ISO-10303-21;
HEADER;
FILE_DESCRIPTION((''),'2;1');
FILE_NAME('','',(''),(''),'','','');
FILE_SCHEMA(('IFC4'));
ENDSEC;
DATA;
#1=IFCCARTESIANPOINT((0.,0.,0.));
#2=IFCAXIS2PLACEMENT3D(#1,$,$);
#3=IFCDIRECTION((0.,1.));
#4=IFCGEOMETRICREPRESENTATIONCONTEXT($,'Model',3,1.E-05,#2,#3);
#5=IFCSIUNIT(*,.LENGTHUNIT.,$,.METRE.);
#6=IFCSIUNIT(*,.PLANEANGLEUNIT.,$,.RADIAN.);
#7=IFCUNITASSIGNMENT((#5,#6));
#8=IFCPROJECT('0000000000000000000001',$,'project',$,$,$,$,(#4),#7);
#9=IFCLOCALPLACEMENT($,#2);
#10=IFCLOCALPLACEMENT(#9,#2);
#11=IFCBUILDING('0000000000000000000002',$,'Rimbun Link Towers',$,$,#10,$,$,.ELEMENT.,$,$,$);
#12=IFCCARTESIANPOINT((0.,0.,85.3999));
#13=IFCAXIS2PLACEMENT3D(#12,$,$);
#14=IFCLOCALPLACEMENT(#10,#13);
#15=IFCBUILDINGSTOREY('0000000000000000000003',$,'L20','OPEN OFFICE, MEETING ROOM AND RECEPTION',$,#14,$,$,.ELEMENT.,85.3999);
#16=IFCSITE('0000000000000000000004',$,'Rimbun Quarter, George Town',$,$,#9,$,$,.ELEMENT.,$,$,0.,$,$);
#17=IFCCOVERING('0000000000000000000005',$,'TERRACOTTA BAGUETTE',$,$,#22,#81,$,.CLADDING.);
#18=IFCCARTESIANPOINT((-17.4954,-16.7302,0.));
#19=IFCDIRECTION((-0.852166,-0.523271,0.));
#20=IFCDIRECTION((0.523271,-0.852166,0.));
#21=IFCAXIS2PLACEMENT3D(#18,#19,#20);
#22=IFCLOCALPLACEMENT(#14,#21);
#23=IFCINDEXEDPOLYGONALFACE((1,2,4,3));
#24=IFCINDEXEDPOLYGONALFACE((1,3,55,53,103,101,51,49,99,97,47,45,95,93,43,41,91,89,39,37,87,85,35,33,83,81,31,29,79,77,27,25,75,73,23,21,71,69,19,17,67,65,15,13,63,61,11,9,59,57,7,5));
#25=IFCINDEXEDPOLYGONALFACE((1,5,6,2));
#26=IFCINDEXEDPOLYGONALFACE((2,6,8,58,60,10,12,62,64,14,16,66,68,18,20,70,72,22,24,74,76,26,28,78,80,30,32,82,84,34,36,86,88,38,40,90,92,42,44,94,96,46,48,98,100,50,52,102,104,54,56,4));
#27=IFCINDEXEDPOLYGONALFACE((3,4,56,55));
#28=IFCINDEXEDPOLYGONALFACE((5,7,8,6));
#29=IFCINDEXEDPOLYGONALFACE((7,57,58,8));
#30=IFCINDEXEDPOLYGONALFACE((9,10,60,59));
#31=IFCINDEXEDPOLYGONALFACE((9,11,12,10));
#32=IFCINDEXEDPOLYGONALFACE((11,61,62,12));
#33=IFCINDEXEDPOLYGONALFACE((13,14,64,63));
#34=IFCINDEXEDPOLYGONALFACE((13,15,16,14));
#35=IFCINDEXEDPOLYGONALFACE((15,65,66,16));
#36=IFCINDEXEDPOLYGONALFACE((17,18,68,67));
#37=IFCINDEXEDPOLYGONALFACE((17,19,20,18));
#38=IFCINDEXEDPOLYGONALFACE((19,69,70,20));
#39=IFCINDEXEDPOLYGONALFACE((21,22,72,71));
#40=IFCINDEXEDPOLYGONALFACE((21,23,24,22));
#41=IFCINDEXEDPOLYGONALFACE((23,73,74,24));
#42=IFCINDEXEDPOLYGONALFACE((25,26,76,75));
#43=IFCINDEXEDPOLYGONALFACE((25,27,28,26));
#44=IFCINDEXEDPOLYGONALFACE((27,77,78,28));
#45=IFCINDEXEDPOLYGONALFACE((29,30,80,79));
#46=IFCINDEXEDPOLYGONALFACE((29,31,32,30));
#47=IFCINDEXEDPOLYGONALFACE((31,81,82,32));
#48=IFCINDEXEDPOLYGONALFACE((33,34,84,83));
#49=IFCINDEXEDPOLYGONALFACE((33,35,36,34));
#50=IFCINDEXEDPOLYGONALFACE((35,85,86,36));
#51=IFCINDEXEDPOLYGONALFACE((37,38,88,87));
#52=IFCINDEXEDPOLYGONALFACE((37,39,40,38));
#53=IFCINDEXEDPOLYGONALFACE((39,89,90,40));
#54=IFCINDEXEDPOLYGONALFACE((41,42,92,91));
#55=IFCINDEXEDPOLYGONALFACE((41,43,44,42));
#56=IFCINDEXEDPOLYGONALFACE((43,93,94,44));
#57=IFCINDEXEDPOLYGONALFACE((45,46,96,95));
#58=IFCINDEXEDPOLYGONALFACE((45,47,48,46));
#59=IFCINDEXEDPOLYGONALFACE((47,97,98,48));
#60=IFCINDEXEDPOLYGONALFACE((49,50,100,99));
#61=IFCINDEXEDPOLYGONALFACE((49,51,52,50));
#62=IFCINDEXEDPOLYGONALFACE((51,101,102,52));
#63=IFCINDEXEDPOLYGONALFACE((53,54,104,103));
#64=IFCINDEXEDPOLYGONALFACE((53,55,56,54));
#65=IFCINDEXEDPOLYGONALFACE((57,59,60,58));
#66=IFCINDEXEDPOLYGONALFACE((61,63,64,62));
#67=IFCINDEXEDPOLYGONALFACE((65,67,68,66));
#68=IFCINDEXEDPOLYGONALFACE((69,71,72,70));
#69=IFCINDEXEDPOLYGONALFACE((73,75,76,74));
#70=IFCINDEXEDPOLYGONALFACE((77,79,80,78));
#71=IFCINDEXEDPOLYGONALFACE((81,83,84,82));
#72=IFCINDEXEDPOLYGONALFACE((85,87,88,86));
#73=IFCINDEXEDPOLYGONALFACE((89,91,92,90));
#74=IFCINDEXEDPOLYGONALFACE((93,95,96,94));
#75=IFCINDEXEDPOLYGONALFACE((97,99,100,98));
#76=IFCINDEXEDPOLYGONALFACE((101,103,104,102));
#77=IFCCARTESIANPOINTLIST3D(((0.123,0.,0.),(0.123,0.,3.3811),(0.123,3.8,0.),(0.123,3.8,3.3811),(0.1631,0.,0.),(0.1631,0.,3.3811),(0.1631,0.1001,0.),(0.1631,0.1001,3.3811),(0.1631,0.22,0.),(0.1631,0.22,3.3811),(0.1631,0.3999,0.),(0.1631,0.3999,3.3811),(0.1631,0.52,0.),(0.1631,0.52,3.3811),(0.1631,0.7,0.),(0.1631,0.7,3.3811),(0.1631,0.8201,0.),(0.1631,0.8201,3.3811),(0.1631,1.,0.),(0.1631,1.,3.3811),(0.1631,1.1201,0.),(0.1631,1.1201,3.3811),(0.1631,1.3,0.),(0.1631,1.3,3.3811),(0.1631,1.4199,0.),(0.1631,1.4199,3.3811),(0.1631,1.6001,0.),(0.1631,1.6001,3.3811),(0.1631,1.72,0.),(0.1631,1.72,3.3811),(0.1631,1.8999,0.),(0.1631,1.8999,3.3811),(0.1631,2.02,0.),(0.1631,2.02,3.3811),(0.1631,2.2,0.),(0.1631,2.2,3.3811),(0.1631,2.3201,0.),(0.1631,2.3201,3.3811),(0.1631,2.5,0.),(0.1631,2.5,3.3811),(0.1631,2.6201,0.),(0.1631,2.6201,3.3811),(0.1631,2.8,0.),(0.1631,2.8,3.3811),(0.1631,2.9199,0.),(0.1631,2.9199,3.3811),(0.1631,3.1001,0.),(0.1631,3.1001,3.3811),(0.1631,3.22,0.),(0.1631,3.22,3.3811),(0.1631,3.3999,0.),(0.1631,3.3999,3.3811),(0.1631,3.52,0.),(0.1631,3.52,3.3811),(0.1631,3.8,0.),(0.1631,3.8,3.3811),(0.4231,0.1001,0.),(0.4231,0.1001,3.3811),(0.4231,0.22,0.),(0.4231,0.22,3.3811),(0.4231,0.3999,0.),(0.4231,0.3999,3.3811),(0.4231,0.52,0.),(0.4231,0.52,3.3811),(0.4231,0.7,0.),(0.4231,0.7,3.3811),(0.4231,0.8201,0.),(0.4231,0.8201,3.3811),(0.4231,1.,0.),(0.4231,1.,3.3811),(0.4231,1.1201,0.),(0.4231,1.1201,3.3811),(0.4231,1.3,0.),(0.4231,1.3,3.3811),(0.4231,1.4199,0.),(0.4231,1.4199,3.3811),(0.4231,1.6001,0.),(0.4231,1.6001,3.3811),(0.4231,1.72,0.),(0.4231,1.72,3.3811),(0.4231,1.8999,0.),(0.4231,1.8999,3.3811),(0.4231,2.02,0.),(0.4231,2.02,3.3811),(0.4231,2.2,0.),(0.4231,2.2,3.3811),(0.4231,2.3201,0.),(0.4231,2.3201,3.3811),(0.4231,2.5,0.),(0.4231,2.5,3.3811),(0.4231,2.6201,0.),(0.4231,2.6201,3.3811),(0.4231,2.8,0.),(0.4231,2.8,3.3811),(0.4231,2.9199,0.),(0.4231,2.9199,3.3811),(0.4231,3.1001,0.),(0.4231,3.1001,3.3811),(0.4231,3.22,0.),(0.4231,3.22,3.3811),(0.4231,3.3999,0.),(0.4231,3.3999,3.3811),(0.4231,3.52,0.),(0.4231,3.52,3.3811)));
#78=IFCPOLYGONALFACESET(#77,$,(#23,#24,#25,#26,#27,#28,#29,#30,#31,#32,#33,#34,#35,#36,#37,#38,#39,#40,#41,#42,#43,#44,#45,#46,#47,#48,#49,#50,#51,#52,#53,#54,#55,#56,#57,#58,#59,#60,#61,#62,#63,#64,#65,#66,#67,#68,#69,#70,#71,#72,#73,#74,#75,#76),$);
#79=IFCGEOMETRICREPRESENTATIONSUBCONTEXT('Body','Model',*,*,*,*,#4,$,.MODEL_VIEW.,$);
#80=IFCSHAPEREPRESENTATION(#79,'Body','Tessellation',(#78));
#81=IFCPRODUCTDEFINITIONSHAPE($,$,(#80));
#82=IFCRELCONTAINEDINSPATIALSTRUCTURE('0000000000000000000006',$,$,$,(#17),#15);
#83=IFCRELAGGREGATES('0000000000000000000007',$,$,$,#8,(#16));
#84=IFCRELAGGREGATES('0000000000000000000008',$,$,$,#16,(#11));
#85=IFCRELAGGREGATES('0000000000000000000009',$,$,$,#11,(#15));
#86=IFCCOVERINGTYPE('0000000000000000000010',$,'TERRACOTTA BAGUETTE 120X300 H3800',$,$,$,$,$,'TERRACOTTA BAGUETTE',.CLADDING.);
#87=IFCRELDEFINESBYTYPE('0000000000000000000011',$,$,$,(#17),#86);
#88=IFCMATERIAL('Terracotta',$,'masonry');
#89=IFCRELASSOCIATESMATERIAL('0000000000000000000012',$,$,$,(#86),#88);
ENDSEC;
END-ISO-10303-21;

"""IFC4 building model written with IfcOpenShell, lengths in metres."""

from ifc_helpers import new_model, si_unit, direction, frame, origin, place, context, subcontext, project, spatial, polyline, outline, extrude, material, material_profile, profile_set, type_object, element, save


model = new_model("IFC4")

# Units and contexts
model_context = context("Model", 3, precision=1e-05, world=origin(), true_north=direction((0.0, 1.0)))
body_context = subcontext(model_context, "Body", "Model", "MODEL_VIEW")
ifc_project = project(units=[si_unit("LENGTHUNIT", "METRE"), si_unit("PLANEANGLEUNIT", "RADIAN")], contexts=[model_context])

# Site, building, storey
site_placement = place(None, origin())
site = spatial("IfcSite", under=ifc_project, at=site_placement, Name="Rimbun Quarter, George Town", CompositionType="ELEMENT", RefElevation=0.0)
building_placement = place(site_placement, origin())
building = spatial("IfcBuilding", under=site, at=building_placement, Name="Rimbun Link Towers", CompositionType="ELEMENT")
storey_placement = place(building_placement, frame((0.0, 0.0, 85.3999)))
storey = spatial("IfcBuildingStorey", under=building, at=storey_placement, Name="L20", Description="OPEN OFFICE, MEETING ROOM AND RECEPTION", CompositionType="ELEMENT", Elevation=85.3999)

# Covering
ifc_material_1 = material(Name="Terracotta", Category="masonry")
ifc_material_profile_1 = material_profile(ifc_material_1, outline(polyline([(0.123, 0.0), (0.1631, 0.0), (0.1631, 0.1001), (0.4231, 0.1001), (0.4231, 0.22), (0.1631, 0.22), (0.1631, 0.3999), (0.4231, 0.3999), (0.4231, 0.52), (0.1631, 0.52), (0.1631, 0.7), (0.4231, 0.7), (0.4231, 0.8201), (0.1631, 0.8201), (0.1631, 1.0), (0.4231, 1.0), (0.4231, 1.1201), (0.1631, 1.1201), (0.1631, 1.3), (0.4231, 1.3), (0.4231, 1.4199), (0.1631, 1.4199), (0.1631, 1.6001), (0.4231, 1.6001), (0.4231, 1.72), (0.1631, 1.72), (0.1631, 1.8999), (0.4231, 1.8999), (0.4231, 2.02), (0.1631, 2.02), (0.1631, 2.2), (0.4231, 2.2), (0.4231, 2.3201), (0.1631, 2.3201), (0.1631, 2.5), (0.4231, 2.5), (0.4231, 2.6201), (0.1631, 2.6201), (0.1631, 2.8), (0.4231, 2.8), (0.4231, 2.9199), (0.1631, 2.9199), (0.1631, 3.1001), (0.4231, 3.1001), (0.4231, 3.22), (0.1631, 3.22), (0.1631, 3.3999), (0.4231, 3.3999), (0.4231, 3.52), (0.1631, 3.52), (0.1631, 3.8), (0.123, 3.8), (0.123, 0.0)])), Name="BAGUETTE 120X300")
ifc_profile_set_1 = profile_set([ifc_material_profile_1], Name="Terracotta")
covering_type = type_object("IfcCoveringType", Name="TERRACOTTA BAGUETTE 120X300 H3800", ElementType="TERRACOTTA BAGUETTE", PredefinedType="CLADDING", material=ifc_profile_set_1)
covering_1_placement = place(storey_placement, frame((-17.4954, -16.7302, 0.0), z_axis=(-0.852166, -0.523271, 0.0), x_axis=(0.523271, -0.852166, 0.0)))
element("IfcCovering", 1, at=covering_1_placement, inside=storey, type_object=covering_type, Name="TERRACOTTA BAGUETTE", PredefinedType="CLADDING", context=body_context, shape_type="SweptSolid", body=[
    extrude(outline(polyline([(0.123, 0.0), (0.1631, 0.0), (0.1631, 0.1001), (0.4231, 0.1001), (0.4231, 0.22), (0.1631, 0.22), (0.1631, 0.3999), (0.4231, 0.3999), (0.4231, 0.52), (0.1631, 0.52), (0.1631, 0.7), (0.4231, 0.7), (0.4231, 0.8201), (0.1631, 0.8201), (0.1631, 1.0), (0.4231, 1.0), (0.4231, 1.1201), (0.1631, 1.1201), (0.1631, 1.3), (0.4231, 1.3), (0.4231, 1.4199), (0.1631, 1.4199), (0.1631, 1.6001), (0.4231, 1.6001), (0.4231, 1.72), (0.1631, 1.72), (0.1631, 1.8999), (0.4231, 1.8999), (0.4231, 2.02), (0.1631, 2.02), (0.1631, 2.2), (0.4231, 2.2), (0.4231, 2.3201), (0.1631, 2.3201), (0.1631, 2.5), (0.4231, 2.5), (0.4231, 2.6201), (0.1631, 2.6201), (0.1631, 2.8), (0.4231, 2.8), (0.4231, 2.9199), (0.1631, 2.9199), (0.1631, 3.1001), (0.4231, 3.1001), (0.4231, 3.22), (0.1631, 3.22), (0.1631, 3.3999), (0.4231, 3.3999), (0.4231, 3.52), (0.1631, 3.52), (0.1631, 3.8), (0.123, 3.8), (0.123, 0.0)])), origin(), (0.0, 0.0, 1.0), 3.3811),
])

save(model, "model.ifc")
